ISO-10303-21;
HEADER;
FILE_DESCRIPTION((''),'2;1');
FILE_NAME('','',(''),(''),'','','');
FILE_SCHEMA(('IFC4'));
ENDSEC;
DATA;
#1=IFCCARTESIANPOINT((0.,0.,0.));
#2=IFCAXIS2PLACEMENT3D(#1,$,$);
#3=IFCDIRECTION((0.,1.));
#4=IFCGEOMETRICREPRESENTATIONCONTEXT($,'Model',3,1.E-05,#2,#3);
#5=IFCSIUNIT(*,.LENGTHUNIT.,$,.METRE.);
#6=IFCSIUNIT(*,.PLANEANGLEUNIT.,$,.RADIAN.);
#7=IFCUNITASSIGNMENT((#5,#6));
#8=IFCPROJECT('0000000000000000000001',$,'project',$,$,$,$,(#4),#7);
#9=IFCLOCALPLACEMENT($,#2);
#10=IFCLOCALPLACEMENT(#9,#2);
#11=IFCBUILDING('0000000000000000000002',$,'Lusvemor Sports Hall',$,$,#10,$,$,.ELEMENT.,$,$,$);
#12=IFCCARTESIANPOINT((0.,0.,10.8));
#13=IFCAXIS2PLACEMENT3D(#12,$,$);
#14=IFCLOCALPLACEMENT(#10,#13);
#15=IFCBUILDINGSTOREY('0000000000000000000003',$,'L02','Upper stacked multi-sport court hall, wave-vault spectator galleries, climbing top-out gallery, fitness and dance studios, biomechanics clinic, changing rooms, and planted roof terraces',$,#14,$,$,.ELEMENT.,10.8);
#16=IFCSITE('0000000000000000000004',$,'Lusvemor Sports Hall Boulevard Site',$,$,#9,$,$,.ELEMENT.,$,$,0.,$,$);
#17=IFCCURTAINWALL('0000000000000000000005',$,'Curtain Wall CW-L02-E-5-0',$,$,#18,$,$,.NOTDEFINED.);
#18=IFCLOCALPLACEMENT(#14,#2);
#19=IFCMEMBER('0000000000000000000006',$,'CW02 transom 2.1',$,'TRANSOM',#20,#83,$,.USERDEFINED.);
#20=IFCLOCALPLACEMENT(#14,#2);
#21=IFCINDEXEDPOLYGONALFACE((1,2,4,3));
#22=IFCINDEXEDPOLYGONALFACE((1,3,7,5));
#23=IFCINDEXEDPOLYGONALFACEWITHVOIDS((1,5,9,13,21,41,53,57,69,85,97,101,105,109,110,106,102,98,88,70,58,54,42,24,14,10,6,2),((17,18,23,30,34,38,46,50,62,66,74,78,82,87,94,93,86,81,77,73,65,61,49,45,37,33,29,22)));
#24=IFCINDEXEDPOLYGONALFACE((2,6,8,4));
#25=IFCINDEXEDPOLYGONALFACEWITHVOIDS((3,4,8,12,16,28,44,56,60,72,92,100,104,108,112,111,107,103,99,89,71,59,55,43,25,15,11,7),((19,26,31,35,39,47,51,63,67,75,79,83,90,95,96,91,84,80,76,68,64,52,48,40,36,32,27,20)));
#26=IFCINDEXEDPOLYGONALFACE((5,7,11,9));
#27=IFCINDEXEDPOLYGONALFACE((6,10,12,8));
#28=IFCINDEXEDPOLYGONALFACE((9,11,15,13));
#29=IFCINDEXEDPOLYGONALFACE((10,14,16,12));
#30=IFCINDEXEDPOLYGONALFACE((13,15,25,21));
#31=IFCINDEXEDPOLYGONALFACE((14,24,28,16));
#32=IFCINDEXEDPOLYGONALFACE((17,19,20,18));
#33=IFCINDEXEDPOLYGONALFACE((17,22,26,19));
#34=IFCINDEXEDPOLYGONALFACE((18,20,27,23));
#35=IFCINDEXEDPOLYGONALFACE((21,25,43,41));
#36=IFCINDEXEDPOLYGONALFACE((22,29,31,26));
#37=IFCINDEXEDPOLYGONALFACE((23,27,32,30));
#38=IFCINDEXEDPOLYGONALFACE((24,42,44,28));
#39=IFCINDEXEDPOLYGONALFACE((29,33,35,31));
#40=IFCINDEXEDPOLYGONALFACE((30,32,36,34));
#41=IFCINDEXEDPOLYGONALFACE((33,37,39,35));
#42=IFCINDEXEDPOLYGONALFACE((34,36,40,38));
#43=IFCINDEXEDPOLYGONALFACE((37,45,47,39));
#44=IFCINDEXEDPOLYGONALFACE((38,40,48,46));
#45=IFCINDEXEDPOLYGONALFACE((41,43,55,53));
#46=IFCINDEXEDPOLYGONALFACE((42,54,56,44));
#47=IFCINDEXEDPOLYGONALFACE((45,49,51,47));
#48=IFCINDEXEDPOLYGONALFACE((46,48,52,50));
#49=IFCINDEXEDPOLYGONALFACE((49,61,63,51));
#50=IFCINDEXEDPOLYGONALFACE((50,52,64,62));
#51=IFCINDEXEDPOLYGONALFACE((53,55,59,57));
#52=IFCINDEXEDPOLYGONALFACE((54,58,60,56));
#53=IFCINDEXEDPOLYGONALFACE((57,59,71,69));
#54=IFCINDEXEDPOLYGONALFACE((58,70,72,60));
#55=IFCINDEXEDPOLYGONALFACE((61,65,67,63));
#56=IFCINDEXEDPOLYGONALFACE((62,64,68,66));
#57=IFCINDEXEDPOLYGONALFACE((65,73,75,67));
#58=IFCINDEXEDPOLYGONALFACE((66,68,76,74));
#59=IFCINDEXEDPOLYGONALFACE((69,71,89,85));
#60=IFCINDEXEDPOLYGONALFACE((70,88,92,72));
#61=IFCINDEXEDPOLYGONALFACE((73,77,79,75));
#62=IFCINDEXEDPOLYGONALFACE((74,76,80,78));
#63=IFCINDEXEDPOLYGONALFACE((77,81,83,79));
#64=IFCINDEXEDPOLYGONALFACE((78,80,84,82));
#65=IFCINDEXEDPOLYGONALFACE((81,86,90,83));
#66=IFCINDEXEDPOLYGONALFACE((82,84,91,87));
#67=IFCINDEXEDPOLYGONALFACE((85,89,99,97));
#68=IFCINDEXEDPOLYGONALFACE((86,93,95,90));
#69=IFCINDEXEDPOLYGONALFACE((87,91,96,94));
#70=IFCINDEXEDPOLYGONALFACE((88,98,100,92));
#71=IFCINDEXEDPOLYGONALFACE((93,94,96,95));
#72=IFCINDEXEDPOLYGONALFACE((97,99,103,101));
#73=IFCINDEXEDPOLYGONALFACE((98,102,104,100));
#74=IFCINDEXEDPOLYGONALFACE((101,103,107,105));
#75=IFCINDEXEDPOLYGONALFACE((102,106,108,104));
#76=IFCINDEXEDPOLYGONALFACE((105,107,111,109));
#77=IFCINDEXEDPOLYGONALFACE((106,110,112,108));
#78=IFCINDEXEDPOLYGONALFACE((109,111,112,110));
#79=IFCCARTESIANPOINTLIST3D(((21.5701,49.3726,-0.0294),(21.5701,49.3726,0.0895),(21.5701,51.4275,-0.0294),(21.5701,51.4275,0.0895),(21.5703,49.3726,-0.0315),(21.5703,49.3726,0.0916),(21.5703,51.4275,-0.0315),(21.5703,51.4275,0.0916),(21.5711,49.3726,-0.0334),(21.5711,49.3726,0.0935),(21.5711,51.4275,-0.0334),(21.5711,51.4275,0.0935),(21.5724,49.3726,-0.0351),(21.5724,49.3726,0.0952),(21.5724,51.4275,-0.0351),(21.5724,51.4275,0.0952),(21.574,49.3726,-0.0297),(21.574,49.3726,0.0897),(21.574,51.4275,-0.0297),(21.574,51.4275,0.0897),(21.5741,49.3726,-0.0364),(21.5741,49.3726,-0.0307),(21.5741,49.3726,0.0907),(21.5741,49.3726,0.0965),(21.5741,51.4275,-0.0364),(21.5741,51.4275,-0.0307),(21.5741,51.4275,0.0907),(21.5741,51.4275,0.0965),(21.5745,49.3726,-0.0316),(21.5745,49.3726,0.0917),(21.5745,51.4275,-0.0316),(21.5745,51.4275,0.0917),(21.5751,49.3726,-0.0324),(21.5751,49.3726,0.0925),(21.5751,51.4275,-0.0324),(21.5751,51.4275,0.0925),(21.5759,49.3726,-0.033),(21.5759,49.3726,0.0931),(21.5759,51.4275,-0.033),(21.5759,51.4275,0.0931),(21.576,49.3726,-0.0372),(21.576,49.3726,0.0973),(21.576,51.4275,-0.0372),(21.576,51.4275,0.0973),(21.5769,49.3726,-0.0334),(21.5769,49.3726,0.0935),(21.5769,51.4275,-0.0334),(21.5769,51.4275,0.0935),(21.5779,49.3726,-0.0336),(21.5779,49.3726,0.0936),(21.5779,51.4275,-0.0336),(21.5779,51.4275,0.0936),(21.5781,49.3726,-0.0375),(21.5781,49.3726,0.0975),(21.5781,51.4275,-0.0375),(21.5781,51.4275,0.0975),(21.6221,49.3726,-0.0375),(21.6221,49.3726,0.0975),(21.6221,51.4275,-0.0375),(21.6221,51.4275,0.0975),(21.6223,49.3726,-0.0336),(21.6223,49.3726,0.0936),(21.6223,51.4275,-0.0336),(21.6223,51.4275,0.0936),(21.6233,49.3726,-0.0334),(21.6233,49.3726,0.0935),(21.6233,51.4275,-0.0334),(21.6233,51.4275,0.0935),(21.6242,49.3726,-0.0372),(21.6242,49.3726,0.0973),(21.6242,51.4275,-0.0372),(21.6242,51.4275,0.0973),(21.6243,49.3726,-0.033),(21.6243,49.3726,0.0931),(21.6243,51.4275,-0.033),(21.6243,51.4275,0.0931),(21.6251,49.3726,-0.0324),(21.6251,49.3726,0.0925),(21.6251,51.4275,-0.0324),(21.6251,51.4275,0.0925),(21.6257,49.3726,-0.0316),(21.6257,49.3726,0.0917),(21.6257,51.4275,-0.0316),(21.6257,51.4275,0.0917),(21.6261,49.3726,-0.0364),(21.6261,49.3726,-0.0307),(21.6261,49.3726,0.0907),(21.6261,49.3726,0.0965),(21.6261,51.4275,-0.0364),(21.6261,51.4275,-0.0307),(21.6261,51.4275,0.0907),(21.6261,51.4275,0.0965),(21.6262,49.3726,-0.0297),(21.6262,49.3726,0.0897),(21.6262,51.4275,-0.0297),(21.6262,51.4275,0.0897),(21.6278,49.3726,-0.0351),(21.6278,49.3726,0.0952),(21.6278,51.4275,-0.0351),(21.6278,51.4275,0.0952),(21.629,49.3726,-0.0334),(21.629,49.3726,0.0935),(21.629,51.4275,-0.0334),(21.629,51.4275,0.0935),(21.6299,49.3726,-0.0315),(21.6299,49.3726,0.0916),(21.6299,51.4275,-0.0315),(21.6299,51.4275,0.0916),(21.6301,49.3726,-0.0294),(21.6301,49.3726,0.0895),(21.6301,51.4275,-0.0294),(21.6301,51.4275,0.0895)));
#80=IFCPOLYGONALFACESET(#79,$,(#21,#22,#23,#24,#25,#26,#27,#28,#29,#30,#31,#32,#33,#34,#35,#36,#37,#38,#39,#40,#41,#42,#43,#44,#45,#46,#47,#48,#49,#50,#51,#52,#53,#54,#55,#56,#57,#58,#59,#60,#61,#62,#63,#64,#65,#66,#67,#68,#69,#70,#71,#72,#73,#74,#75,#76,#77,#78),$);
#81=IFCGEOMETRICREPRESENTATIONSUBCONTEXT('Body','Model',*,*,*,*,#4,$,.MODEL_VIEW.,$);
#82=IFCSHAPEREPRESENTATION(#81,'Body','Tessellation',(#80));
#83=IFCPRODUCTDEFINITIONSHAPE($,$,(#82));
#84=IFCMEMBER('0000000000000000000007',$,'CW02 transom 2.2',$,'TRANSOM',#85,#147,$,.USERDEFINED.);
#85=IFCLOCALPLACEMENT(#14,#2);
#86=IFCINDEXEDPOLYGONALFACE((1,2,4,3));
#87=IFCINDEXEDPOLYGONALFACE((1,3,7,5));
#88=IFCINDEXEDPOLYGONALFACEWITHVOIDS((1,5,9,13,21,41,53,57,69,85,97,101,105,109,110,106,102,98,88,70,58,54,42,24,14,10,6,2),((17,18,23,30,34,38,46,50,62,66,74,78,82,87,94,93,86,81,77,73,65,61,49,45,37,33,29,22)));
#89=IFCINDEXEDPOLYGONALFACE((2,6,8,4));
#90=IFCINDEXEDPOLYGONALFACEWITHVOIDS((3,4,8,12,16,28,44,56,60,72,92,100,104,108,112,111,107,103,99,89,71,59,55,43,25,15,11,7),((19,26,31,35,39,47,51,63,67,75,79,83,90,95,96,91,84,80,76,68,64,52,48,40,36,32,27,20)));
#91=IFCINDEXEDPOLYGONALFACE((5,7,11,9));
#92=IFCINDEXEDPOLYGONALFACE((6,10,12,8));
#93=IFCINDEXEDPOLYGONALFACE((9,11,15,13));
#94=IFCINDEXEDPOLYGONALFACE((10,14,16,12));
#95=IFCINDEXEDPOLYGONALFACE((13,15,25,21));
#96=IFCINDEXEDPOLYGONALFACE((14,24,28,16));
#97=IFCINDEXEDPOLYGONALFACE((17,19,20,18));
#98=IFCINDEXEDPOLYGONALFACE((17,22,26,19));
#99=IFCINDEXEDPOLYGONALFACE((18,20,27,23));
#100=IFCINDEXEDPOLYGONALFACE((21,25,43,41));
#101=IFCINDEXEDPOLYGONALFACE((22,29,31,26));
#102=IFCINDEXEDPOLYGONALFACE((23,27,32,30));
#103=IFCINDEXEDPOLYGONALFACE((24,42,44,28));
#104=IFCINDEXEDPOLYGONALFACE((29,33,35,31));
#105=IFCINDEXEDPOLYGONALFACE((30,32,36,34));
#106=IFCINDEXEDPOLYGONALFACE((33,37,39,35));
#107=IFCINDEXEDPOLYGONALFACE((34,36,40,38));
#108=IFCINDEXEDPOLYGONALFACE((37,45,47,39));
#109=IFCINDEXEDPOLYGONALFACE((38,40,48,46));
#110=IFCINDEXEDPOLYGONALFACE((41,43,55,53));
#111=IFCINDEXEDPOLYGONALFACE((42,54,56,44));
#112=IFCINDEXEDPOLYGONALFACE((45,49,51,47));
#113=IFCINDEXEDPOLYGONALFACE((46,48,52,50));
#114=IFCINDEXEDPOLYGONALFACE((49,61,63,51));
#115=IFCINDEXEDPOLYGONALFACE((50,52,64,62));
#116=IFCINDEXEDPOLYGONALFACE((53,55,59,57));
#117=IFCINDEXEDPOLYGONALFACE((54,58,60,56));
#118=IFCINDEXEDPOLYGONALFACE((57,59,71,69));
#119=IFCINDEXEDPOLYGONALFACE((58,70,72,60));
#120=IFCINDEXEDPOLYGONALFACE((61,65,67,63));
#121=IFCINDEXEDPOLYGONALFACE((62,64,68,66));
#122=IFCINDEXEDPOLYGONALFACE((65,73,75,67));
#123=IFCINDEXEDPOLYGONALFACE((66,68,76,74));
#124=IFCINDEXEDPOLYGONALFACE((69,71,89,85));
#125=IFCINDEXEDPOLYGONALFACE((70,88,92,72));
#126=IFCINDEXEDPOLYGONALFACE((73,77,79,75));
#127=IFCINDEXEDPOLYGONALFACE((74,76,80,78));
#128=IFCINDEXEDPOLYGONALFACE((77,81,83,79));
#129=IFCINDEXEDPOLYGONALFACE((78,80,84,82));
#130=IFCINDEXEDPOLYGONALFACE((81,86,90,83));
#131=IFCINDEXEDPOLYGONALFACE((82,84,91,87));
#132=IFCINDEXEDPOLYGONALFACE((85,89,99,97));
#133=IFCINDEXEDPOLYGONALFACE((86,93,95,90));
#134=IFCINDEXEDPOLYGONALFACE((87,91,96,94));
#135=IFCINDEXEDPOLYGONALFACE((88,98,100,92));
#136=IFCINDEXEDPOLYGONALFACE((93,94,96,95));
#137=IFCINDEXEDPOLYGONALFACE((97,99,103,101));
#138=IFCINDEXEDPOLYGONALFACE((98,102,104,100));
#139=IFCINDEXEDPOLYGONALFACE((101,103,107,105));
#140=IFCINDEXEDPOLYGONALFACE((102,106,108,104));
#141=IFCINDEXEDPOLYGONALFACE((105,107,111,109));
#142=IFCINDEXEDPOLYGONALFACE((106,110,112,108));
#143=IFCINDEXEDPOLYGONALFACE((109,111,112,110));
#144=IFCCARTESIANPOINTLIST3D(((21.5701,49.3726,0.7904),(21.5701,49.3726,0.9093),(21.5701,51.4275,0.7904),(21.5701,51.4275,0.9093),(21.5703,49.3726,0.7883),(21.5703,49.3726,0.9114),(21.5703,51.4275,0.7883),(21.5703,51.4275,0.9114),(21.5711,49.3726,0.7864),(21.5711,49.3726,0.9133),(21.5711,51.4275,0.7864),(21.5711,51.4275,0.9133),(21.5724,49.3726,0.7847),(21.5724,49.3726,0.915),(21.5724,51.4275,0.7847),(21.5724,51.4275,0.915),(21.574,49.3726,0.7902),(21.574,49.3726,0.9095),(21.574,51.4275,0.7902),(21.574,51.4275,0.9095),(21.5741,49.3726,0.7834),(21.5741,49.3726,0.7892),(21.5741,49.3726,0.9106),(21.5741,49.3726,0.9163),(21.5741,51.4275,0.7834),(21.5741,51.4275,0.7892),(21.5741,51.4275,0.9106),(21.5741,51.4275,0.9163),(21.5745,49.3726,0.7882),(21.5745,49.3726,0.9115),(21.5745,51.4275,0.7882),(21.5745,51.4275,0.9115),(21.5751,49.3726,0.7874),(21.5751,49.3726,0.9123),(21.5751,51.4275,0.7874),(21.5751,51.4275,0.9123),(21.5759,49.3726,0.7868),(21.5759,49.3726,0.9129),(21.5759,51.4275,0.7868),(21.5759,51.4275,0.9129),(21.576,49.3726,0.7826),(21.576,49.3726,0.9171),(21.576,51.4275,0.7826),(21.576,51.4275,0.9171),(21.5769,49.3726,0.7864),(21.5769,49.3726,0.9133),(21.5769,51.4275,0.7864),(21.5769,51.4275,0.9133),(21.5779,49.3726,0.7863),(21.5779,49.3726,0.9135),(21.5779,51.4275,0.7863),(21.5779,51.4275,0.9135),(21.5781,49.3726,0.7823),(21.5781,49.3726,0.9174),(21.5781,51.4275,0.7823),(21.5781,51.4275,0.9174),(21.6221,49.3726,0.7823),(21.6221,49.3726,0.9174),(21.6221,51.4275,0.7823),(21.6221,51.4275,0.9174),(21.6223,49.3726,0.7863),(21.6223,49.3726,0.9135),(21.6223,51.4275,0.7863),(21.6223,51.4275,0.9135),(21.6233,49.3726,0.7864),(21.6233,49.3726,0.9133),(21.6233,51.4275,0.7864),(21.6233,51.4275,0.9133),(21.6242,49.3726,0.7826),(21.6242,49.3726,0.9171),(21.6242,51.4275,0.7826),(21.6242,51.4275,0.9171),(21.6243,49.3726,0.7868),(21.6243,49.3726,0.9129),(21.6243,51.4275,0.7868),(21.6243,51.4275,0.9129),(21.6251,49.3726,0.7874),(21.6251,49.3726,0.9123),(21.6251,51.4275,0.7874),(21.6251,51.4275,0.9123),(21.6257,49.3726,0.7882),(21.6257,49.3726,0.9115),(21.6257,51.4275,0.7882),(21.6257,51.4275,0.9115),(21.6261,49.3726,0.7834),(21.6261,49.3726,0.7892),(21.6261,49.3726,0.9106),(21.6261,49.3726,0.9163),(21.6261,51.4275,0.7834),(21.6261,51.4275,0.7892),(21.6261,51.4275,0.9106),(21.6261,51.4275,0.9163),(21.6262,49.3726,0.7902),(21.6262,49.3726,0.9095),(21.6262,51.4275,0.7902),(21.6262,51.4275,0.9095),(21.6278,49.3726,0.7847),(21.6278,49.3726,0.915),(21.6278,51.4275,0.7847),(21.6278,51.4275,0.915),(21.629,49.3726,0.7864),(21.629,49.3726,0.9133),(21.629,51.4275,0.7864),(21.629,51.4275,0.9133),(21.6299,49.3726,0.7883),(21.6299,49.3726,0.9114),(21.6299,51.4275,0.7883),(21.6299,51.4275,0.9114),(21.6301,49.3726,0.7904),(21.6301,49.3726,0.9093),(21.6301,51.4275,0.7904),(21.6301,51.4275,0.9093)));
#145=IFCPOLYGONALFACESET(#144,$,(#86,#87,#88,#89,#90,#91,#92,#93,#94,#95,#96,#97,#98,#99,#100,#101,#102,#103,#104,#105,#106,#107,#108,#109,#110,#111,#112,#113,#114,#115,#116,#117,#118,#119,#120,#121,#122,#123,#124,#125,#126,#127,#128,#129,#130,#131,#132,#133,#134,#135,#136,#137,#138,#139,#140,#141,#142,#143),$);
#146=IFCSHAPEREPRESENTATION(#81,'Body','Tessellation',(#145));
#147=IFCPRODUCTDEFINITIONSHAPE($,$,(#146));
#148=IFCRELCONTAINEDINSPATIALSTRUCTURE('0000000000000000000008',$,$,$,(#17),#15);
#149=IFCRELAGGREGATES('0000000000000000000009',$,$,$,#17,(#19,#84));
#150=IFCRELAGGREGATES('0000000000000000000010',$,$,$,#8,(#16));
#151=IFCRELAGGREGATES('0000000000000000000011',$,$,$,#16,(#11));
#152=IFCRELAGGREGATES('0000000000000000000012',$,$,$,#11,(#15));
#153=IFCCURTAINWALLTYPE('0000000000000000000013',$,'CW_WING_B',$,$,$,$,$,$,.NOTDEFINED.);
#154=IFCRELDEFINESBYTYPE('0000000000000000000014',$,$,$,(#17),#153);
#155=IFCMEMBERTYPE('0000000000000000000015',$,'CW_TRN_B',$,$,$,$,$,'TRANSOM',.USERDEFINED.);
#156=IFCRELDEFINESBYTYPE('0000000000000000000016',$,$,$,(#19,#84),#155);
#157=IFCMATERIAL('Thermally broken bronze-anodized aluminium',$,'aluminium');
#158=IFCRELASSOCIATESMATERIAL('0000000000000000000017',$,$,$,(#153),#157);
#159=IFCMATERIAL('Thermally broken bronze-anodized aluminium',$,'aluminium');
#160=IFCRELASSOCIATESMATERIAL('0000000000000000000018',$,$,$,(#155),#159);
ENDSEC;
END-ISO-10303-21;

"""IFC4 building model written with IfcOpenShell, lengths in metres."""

from ifc_helpers import new_model, si_unit, direction, frame, origin, origin_2d, place, context, subcontext, project, spatial, hollow_rectangle, extrude, material, material_profile, profile_set, type_object, element, aggregate, save


model = new_model("IFC4")

# Units and contexts
model_context = context("Model", 3, precision=1e-05, world=origin(), true_north=direction((0.0, 1.0)))
body_context = subcontext(model_context, "Body", "Model", "MODEL_VIEW")
ifc_project = project(units=[si_unit("LENGTHUNIT", "METRE"), si_unit("PLANEANGLEUNIT", "RADIAN")], contexts=[model_context])

# Site, building, storey
site_placement = place(None, origin())
site = spatial("IfcSite", under=ifc_project, at=site_placement, Name="Lusvemor Sports Hall Boulevard Site", CompositionType="ELEMENT", RefElevation=0.0)
building_placement = place(site_placement, origin())
building = spatial("IfcBuilding", under=site, at=building_placement, Name="Lusvemor Sports Hall", CompositionType="ELEMENT")
storey_placement = place(building_placement, frame((0.0, 0.0, 10.8)))
storey = spatial("IfcBuildingStorey", under=building, at=storey_placement, Name="L02", Description="Upper stacked multi-sport court hall, wave-vault spectator galleries, climbing top-out gallery, fitness and dance studios, biomechanics clinic, changing rooms, and planted roof terraces", CompositionType="ELEMENT", Elevation=10.8)

# Curtain wall, members
ifc_material_1 = material(Name="Thermally broken bronze-anodized aluminium", Category="aluminium")
curtain_wall_type = type_object("IfcCurtainWallType", Name="CW_WING_B", PredefinedType="NOTDEFINED", material=ifc_material_1)
curtain_wall_placement = place(storey_placement, origin())
curtain_wall = element("IfcCurtainWall", 1, at=curtain_wall_placement, inside=storey, type_object=curtain_wall_type, Name="Curtain Wall CW-L02-E-5-0", PredefinedType="NOTDEFINED")
ifc_material_2 = material(Name="Thermally broken bronze-anodized aluminium", Category="aluminium")
ifc_material_profile_1 = material_profile(ifc_material_2, hollow_rectangle(XDim=0.0601, YDim=0.135, WallThickness=0.0039, InnerFilletRadius=0.0039, OuterFilletRadius=0.0081, at=origin_2d()), Name="CWTRN135x60x4")
ifc_profile_set_1 = profile_set([ifc_material_profile_1], Name="Thermally broken bronze-anodized aluminium")
member_type_1 = type_object("IfcMemberType", Name="CW_TRN_B", ElementType="TRANSOM", PredefinedType="USERDEFINED", material=ifc_profile_set_1)
member_1_placement = place(storey_placement, frame((21.6001, 51.4275, 0.03), z_axis=(0.0, -1.0, 0.0), x_axis=(1.0, 0.0, 0.0)))
member_1 = element("IfcMember", 2, at=member_1_placement, type_object=member_type_1, Name="CW02 transom 2.1", ObjectType="TRANSOM", PredefinedType="USERDEFINED", context=body_context, shape_type="SweptSolid", body=[
    extrude(hollow_rectangle(XDim=0.0601, YDim=0.135, WallThickness=0.0039, InnerFilletRadius=0.0039, OuterFilletRadius=0.0081, at=origin_2d()), origin(), (0.0, 0.0, 1.0), 2.0549),
])
member_2_placement = place(storey_placement, frame((21.6001, 51.4275, 0.8499), z_axis=(0.0, -1.0, 0.0), x_axis=(1.0, 0.0, 0.0)))
member_2 = element("IfcMember", 3, at=member_2_placement, type_object=member_type_1, Name="CW02 transom 2.2", ObjectType="TRANSOM", PredefinedType="USERDEFINED", context=body_context, shape_type="SweptSolid", body=[
    extrude(hollow_rectangle(XDim=0.0601, YDim=0.135, WallThickness=0.0039, InnerFilletRadius=0.0039, OuterFilletRadius=0.0081, at=origin_2d()), origin(), (0.0, 0.0, 1.0), 2.0549),
])

aggregate(curtain_wall, [member_1, member_2])

save(model, "model.ifc")
